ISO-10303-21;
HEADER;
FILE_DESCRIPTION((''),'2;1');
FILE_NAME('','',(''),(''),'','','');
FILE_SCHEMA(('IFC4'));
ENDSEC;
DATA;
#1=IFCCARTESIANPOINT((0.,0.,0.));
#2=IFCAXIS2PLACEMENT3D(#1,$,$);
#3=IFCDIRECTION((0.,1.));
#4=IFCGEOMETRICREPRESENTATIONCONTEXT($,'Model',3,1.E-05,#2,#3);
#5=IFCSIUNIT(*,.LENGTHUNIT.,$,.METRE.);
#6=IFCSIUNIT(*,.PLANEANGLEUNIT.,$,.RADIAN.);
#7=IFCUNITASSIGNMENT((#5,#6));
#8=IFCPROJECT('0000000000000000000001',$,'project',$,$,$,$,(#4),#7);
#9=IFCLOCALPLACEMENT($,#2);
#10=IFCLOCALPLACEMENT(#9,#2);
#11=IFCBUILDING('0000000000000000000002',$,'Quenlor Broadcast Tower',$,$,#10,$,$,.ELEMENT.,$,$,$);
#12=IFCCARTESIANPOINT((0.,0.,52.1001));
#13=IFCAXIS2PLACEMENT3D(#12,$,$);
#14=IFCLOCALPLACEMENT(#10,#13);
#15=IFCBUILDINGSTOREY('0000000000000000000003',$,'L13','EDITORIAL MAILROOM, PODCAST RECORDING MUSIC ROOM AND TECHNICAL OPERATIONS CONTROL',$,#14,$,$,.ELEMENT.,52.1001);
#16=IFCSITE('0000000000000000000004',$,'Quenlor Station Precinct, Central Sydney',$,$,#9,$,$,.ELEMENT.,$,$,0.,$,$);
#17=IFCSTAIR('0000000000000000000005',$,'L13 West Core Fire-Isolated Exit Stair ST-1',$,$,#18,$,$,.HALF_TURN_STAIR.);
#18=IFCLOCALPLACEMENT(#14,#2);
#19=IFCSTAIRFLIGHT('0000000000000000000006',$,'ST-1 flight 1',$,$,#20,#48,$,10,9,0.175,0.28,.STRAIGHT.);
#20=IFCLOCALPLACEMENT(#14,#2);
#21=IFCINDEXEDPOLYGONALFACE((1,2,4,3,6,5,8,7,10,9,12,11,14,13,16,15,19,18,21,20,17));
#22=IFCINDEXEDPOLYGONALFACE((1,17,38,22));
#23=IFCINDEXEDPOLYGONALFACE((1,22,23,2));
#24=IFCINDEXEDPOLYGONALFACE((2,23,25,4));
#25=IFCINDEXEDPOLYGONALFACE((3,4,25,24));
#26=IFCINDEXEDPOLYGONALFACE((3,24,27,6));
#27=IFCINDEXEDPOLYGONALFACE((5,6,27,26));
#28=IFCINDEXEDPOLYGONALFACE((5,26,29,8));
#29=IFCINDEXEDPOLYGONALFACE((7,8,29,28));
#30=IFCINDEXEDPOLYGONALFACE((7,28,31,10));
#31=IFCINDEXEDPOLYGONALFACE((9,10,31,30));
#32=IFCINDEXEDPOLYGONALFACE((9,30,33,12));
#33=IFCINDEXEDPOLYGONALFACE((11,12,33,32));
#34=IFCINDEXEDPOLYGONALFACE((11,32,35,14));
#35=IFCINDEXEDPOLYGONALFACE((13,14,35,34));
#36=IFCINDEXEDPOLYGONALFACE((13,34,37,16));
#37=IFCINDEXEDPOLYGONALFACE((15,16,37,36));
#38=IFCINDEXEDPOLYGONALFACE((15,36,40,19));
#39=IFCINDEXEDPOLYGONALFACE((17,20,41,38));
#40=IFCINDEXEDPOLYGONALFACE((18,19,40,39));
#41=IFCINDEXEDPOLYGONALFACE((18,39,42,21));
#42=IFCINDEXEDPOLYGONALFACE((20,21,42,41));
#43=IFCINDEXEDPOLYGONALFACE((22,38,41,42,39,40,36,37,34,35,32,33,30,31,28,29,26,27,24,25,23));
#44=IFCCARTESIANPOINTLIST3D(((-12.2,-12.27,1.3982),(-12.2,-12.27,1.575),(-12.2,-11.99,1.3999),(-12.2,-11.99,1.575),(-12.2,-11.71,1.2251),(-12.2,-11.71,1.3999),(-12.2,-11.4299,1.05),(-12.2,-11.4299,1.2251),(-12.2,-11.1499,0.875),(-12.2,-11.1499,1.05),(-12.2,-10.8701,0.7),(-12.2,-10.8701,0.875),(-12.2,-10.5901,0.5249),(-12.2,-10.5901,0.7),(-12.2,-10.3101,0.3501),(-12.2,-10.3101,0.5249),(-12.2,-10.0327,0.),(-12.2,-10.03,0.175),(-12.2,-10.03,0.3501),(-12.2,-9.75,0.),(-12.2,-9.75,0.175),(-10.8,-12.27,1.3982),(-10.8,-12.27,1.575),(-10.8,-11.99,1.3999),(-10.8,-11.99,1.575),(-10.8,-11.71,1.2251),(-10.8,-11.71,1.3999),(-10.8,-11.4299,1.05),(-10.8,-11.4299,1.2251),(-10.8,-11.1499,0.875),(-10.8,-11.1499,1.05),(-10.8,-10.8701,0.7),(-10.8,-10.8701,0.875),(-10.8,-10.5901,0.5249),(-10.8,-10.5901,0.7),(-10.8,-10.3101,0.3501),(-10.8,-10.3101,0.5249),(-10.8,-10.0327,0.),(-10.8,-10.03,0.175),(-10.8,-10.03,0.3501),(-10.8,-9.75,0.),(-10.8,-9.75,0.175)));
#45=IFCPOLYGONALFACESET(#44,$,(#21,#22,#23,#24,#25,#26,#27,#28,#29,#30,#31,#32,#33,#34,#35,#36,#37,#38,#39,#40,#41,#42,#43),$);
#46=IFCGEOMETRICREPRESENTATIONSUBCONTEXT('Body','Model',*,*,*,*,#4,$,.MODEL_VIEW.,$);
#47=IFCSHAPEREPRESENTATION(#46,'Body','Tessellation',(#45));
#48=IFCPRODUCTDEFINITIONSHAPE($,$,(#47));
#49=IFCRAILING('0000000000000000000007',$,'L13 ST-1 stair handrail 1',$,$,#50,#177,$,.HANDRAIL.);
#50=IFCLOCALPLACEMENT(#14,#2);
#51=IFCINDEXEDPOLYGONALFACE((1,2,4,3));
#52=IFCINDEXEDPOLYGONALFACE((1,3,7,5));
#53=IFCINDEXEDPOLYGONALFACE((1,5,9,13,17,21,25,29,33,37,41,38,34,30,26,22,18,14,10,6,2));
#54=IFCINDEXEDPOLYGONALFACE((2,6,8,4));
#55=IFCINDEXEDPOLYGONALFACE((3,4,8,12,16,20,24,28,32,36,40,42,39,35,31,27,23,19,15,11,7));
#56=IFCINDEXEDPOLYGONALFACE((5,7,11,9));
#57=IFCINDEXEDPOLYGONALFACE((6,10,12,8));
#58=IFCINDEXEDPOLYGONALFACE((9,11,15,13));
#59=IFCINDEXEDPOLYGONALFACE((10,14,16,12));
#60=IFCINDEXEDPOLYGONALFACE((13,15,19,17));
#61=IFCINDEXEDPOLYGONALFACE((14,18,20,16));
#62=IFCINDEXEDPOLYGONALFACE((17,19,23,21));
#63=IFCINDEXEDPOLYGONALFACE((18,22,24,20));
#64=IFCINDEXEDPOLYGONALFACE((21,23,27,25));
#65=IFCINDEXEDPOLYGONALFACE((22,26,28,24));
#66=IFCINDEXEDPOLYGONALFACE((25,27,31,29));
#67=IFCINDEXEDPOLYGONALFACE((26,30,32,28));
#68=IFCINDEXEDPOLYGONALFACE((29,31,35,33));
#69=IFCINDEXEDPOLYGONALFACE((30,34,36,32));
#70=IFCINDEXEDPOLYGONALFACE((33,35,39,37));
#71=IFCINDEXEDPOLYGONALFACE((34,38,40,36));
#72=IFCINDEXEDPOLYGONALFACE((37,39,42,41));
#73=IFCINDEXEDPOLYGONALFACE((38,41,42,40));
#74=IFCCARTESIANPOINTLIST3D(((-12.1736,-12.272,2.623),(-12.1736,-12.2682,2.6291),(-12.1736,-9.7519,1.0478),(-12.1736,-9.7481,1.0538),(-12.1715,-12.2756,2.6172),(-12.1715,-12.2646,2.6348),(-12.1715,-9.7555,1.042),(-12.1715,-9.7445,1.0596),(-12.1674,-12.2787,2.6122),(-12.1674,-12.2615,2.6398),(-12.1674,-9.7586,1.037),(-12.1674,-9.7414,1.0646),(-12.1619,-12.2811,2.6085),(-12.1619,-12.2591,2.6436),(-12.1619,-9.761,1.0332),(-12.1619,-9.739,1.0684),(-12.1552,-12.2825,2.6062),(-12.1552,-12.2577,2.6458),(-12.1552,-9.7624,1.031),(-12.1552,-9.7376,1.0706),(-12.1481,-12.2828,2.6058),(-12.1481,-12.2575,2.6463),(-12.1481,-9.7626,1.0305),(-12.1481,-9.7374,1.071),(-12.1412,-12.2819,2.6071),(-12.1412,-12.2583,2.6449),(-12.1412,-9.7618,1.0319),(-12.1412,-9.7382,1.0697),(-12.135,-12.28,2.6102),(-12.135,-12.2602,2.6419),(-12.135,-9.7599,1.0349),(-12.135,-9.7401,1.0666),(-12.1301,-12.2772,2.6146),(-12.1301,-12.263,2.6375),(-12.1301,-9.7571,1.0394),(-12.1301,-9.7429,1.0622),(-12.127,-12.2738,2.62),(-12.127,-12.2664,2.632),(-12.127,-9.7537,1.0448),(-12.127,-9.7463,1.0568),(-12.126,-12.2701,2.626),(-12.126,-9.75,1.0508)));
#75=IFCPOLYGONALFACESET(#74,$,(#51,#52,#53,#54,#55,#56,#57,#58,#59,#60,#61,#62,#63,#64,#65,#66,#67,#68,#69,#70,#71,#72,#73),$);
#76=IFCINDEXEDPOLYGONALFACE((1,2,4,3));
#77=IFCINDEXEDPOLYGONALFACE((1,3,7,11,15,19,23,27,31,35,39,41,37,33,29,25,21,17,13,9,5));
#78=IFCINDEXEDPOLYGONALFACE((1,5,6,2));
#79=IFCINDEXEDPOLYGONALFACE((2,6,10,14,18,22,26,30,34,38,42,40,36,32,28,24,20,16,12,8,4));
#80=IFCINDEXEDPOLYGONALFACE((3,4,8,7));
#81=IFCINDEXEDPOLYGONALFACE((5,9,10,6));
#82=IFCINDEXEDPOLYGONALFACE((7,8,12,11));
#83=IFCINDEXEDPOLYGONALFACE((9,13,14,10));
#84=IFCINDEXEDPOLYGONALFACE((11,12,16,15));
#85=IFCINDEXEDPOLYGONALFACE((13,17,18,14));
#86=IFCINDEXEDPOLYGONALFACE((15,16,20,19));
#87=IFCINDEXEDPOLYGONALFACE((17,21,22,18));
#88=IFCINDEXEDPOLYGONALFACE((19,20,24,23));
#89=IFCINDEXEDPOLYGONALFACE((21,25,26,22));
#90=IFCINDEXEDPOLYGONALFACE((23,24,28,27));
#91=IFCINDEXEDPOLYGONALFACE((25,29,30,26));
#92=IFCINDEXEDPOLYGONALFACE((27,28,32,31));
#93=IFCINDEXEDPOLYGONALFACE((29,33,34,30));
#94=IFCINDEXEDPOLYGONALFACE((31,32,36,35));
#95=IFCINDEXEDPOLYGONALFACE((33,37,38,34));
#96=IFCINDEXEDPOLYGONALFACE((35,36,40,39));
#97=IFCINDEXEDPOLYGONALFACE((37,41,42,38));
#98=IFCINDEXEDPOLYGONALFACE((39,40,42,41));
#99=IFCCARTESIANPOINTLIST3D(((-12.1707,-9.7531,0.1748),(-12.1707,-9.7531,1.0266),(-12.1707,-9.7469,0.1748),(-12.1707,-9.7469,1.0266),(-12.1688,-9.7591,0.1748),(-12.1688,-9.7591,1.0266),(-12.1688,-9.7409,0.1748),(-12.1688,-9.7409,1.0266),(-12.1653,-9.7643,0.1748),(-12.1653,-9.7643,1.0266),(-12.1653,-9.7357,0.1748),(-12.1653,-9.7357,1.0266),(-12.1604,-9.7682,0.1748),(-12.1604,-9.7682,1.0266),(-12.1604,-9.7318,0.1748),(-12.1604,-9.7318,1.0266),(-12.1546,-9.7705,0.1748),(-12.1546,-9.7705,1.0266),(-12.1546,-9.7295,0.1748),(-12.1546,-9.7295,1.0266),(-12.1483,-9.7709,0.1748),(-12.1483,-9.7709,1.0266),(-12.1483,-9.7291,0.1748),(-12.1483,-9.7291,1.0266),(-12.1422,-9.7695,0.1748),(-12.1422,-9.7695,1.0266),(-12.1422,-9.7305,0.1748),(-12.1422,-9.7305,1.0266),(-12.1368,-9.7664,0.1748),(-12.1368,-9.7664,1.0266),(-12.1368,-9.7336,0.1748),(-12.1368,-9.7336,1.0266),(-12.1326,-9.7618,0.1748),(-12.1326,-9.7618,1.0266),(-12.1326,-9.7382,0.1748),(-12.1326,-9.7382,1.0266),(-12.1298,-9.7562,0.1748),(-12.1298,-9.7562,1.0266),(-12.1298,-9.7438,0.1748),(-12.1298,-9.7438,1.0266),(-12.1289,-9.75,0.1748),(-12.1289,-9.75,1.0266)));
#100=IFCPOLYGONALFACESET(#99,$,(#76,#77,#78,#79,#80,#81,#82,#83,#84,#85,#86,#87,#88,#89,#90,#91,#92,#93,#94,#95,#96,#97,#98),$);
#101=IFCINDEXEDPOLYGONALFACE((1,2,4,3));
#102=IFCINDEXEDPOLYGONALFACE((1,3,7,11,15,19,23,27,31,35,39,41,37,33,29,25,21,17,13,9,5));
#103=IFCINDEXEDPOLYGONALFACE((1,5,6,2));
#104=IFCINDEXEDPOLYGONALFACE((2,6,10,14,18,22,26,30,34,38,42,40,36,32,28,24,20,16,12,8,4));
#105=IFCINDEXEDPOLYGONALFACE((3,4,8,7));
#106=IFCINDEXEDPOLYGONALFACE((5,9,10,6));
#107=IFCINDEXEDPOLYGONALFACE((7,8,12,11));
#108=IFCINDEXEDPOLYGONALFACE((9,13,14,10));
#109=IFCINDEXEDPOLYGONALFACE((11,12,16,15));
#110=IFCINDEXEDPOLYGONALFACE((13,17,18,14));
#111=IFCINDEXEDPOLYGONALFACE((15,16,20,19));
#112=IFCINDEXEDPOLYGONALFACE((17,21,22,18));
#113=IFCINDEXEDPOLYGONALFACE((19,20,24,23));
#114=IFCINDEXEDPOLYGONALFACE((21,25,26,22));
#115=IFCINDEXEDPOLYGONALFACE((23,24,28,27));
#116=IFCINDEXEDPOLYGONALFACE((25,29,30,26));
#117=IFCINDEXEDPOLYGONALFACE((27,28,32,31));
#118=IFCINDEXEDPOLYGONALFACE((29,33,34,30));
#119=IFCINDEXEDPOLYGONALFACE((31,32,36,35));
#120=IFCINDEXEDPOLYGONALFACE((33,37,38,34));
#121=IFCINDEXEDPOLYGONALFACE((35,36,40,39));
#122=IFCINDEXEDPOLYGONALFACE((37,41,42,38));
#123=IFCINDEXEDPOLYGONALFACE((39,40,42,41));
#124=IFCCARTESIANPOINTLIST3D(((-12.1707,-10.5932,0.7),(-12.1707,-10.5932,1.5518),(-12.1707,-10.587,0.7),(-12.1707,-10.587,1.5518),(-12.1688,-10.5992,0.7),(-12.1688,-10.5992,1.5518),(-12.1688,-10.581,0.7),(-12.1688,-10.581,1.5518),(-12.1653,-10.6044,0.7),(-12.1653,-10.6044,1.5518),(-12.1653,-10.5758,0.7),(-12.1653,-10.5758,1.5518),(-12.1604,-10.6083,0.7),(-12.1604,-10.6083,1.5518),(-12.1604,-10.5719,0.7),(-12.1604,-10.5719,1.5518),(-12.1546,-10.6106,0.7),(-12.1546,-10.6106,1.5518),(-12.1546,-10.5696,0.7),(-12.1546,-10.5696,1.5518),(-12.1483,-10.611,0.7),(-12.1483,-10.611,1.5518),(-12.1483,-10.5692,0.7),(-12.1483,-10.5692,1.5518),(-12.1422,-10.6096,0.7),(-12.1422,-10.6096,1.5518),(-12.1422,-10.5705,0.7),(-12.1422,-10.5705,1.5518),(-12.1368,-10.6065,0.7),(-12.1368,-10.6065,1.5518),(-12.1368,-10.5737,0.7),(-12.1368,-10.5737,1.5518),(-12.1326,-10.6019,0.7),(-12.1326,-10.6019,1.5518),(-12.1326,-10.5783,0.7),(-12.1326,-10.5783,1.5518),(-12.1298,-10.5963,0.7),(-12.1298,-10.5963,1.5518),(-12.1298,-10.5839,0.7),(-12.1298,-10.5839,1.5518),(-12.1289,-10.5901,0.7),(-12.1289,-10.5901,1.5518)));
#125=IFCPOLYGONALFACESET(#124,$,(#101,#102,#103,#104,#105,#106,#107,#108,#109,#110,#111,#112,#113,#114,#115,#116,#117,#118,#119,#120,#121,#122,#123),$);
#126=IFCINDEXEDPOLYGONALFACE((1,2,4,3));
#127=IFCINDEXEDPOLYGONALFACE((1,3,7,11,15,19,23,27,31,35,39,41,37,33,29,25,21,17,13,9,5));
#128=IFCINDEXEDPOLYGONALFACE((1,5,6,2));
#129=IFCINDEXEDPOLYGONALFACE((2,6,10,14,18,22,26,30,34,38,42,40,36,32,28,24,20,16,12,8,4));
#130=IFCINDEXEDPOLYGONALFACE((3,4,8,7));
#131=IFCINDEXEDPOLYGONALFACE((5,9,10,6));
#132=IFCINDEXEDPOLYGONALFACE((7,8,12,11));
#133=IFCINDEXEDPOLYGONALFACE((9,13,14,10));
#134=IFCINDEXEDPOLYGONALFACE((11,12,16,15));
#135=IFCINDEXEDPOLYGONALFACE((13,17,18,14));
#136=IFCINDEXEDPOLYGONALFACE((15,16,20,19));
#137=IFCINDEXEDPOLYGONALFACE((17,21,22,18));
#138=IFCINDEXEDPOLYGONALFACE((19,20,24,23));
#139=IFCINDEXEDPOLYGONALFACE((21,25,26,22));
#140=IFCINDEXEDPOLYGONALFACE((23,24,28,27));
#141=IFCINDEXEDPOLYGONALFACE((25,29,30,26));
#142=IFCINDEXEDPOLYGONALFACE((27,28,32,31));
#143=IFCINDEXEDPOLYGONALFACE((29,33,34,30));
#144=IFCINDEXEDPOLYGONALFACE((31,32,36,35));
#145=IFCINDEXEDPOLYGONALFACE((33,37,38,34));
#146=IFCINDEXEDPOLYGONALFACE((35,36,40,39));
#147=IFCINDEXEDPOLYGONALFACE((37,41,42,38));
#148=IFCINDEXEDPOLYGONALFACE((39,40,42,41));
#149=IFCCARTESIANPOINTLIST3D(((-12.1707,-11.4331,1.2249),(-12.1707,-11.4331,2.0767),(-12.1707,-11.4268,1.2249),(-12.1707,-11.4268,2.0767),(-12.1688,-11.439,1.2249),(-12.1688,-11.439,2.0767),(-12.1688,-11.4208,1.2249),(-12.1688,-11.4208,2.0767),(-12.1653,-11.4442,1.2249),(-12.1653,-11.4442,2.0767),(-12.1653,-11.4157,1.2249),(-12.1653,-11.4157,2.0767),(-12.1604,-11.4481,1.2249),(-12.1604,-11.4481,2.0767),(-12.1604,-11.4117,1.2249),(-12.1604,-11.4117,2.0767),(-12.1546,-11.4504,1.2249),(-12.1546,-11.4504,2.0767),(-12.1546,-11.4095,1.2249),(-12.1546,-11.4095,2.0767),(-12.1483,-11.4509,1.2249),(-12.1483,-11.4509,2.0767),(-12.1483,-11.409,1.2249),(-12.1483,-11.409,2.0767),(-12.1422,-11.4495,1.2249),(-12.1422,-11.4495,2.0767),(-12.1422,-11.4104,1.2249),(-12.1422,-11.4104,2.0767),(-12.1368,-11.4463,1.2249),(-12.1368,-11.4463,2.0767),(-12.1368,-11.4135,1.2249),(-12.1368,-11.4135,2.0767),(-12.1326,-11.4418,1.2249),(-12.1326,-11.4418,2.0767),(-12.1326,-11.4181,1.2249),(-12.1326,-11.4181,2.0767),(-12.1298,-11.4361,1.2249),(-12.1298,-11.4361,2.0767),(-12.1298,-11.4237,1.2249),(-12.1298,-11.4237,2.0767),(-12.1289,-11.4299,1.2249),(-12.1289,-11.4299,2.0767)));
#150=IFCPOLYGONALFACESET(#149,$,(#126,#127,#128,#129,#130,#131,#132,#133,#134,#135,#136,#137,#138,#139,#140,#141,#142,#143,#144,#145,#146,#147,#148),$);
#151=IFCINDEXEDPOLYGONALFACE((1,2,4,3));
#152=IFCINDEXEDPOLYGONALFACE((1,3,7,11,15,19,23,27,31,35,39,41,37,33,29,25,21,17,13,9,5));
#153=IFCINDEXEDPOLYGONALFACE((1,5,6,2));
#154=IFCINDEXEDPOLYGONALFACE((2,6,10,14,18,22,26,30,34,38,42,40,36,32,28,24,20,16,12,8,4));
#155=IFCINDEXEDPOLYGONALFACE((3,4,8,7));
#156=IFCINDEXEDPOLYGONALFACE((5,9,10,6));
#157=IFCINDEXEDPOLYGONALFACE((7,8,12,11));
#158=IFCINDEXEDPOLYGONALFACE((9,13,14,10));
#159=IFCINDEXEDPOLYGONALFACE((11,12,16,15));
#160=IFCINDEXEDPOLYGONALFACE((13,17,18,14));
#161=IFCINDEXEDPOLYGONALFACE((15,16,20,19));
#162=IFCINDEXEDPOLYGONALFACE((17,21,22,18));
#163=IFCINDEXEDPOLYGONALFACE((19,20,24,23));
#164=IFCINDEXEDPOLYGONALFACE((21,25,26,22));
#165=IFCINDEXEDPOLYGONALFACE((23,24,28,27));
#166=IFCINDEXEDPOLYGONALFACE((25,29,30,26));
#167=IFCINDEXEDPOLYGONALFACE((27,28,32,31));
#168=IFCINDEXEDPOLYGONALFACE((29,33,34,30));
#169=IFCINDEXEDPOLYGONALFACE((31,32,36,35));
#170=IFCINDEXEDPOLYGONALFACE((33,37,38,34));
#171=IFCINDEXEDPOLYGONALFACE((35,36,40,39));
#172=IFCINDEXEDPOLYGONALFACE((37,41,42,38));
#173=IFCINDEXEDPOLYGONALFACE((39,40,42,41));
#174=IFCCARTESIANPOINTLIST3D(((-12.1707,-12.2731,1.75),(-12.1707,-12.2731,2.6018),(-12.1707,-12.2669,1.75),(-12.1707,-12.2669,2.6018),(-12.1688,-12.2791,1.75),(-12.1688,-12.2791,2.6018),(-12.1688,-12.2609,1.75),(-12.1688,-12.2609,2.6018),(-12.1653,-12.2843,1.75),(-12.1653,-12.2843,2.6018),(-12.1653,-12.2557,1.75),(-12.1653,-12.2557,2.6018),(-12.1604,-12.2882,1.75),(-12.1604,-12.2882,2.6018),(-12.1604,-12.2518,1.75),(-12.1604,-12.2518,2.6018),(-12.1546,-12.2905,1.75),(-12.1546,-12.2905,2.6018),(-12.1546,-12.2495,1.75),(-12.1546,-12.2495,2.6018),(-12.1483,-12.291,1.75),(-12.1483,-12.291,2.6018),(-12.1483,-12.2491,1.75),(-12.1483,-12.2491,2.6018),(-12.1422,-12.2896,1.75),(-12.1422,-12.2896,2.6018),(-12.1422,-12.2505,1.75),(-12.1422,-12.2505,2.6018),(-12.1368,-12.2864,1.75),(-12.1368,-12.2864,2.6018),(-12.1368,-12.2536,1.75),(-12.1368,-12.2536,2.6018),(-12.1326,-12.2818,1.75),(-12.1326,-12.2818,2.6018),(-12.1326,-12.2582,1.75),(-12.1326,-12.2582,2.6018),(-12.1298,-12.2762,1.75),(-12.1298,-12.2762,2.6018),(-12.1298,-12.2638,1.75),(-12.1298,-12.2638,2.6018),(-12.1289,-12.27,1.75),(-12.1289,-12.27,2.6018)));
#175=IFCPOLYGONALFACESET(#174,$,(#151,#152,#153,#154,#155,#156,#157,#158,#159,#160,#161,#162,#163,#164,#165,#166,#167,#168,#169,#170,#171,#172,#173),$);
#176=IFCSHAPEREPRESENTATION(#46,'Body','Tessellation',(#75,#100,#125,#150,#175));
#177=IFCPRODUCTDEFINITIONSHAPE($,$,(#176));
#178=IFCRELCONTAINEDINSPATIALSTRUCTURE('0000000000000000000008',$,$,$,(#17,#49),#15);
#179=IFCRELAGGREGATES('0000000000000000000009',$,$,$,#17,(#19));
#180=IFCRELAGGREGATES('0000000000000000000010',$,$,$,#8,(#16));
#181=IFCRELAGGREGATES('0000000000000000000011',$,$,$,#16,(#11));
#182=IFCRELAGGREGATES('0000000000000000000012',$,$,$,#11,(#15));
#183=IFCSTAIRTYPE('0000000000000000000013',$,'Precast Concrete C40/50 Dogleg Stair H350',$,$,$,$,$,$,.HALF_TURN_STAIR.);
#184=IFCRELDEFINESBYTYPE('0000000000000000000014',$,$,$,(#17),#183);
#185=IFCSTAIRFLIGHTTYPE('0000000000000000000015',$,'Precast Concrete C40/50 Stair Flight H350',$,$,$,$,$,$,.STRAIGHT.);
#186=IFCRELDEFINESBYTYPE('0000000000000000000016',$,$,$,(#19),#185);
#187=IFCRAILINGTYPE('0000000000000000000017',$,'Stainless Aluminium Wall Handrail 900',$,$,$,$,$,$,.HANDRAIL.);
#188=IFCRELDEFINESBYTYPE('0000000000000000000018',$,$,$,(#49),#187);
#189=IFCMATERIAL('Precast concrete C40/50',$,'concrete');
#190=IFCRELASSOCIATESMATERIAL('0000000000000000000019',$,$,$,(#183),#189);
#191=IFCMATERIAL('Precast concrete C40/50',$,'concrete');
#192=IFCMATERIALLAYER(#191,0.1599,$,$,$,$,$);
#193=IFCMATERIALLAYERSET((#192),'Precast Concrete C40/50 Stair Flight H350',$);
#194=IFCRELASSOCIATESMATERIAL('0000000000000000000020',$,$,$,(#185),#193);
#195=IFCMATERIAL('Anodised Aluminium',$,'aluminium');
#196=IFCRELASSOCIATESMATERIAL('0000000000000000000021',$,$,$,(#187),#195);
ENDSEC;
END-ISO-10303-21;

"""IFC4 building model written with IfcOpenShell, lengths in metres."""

from ifc_helpers import new_model, si_unit, direction, frame, origin, origin_2d, place, context, subcontext, project, spatial, polyline, circle, outline, extrude, material, layer, layer_set, type_object, element, aggregate, save


model = new_model("IFC4")

# Units and contexts
model_context = context("Model", 3, precision=1e-05, world=origin(), true_north=direction((0.0, 1.0)))
body_context = subcontext(model_context, "Body", "Model", "MODEL_VIEW")
ifc_project = project(units=[si_unit("LENGTHUNIT", "METRE"), si_unit("PLANEANGLEUNIT", "RADIAN")], contexts=[model_context])

# Site, building, storey
site_placement = place(None, origin())
site = spatial("IfcSite", under=ifc_project, at=site_placement, Name="Quenlor Station Precinct, Central Sydney", CompositionType="ELEMENT", RefElevation=0.0)
building_placement = place(site_placement, origin())
building = spatial("IfcBuilding", under=site, at=building_placement, Name="Quenlor Broadcast Tower", CompositionType="ELEMENT")
storey_placement = place(building_placement, frame((0.0, 0.0, 52.1001)))
storey = spatial("IfcBuildingStorey", under=building, at=storey_placement, Name="L13", Description="EDITORIAL MAILROOM, PODCAST RECORDING MUSIC ROOM AND TECHNICAL OPERATIONS CONTROL", CompositionType="ELEMENT", Elevation=52.1001)

# Stair, stair flight
ifc_material_1 = material(Name="Precast concrete C40/50", Category="concrete")
stair_type = type_object("IfcStairType", Name="Precast Concrete C40/50 Dogleg Stair H350", PredefinedType="HALF_TURN_STAIR", material=ifc_material_1)
stair_placement = place(storey_placement, origin())
stair = element("IfcStair", 1, at=stair_placement, inside=storey, type_object=stair_type, Name="L13 West Core Fire-Isolated Exit Stair ST-1", PredefinedType="HALF_TURN_STAIR")
ifc_material_2 = material(Name="Precast concrete C40/50", Category="concrete")
ifc_layer_1 = layer(ifc_material_2, 0.1599)
ifc_layer_set_1 = layer_set([ifc_layer_1], Name="Precast Concrete C40/50 Stair Flight H350")
stair_flight_type = type_object("IfcStairFlightType", Name="Precast Concrete C40/50 Stair Flight H350", PredefinedType="STRAIGHT", material=ifc_layer_set_1)
stair_flight_placement = place(storey_placement, frame((-11.5, -9.75, 0.0), z_axis=(0.0, 0.0, 1.0), x_axis=(0.0, -1.0, 0.0)))
stair_flight = element("IfcStairFlight", 2, at=stair_flight_placement, type_object=stair_flight_type, Name="ST-1 flight 1", NumberOfRisers=10, NumberOfTreads=9, PredefinedType="STRAIGHT", RiserHeight=0.175, TreadLength=0.28, context=body_context, shape_type="SweptSolid", body=[
    extrude(outline(polyline([(0.0, 0.0), (0.0, 0.175), (0.28, 0.175), (0.28, 0.3501), (0.5601, 0.3501), (0.5601, 0.5249), (0.8401, 0.5249), (0.8401, 0.7), (1.1201, 0.7), (1.1201, 0.875), (1.3999, 0.875), (1.3999, 1.05), (1.6799, 1.05), (1.6799, 1.2251), (1.96, 1.2251), (1.96, 1.3999), (2.24, 1.3999), (2.24, 1.575), (2.52, 1.575), (2.52, 1.75), (2.52, 1.3982), (0.2827, 0.0), (0.0, 0.0)])), frame((0.0, 0.7, 0.0), z_axis=(0.0, -1.0, 0.0), x_axis=(1.0, 0.0, 0.0)), (0.0, 0.0, 1.0), 1.3999),
])
aggregate(stair, [stair_flight])

# Railing
ifc_material_3 = material(Name="Anodised Aluminium", Category="aluminium")
railing_type_1 = type_object("IfcRailingType", Name="Stainless Aluminium Wall Handrail 900", PredefinedType="HANDRAIL", material=ifc_material_3)
railing_1_placement = place(storey_placement, frame((-12.1499, -9.75, 0.1748)))
element("IfcRailing", 3, at=railing_1_placement, inside=storey, type_object=railing_type_1, Name="L13 ST-1 stair handrail 1", PredefinedType="HANDRAIL", context=body_context, shape_type="SweptSolid", body=[
    extrude(circle(Radius=0.0239, at=origin_2d()), frame((0.0, 0.0, 0.876), z_axis=(0.0, -0.847971, 0.530043), x_axis=(1.0, 0.0, 0.0)), (0.0, 0.0, 1.0), 2.9719),
    extrude(circle(Radius=0.021, at=origin_2d()), origin(), (0.0, 0.0, 1.0), 0.8518),
    extrude(circle(Radius=0.021, at=origin_2d()), frame((0.0, -0.8401, 0.5251)), (0.0, 0.0, 1.0), 0.8518),
    extrude(circle(Radius=0.021, at=origin_2d()), frame((0.0, -1.6799, 1.05)), (0.0, 0.0, 1.0), 0.8518),
    extrude(circle(Radius=0.021, at=origin_2d()), frame((0.0, -2.52, 1.5752)), (0.0, 0.0, 1.0), 0.8518),
])

save(model, "model.ifc")
